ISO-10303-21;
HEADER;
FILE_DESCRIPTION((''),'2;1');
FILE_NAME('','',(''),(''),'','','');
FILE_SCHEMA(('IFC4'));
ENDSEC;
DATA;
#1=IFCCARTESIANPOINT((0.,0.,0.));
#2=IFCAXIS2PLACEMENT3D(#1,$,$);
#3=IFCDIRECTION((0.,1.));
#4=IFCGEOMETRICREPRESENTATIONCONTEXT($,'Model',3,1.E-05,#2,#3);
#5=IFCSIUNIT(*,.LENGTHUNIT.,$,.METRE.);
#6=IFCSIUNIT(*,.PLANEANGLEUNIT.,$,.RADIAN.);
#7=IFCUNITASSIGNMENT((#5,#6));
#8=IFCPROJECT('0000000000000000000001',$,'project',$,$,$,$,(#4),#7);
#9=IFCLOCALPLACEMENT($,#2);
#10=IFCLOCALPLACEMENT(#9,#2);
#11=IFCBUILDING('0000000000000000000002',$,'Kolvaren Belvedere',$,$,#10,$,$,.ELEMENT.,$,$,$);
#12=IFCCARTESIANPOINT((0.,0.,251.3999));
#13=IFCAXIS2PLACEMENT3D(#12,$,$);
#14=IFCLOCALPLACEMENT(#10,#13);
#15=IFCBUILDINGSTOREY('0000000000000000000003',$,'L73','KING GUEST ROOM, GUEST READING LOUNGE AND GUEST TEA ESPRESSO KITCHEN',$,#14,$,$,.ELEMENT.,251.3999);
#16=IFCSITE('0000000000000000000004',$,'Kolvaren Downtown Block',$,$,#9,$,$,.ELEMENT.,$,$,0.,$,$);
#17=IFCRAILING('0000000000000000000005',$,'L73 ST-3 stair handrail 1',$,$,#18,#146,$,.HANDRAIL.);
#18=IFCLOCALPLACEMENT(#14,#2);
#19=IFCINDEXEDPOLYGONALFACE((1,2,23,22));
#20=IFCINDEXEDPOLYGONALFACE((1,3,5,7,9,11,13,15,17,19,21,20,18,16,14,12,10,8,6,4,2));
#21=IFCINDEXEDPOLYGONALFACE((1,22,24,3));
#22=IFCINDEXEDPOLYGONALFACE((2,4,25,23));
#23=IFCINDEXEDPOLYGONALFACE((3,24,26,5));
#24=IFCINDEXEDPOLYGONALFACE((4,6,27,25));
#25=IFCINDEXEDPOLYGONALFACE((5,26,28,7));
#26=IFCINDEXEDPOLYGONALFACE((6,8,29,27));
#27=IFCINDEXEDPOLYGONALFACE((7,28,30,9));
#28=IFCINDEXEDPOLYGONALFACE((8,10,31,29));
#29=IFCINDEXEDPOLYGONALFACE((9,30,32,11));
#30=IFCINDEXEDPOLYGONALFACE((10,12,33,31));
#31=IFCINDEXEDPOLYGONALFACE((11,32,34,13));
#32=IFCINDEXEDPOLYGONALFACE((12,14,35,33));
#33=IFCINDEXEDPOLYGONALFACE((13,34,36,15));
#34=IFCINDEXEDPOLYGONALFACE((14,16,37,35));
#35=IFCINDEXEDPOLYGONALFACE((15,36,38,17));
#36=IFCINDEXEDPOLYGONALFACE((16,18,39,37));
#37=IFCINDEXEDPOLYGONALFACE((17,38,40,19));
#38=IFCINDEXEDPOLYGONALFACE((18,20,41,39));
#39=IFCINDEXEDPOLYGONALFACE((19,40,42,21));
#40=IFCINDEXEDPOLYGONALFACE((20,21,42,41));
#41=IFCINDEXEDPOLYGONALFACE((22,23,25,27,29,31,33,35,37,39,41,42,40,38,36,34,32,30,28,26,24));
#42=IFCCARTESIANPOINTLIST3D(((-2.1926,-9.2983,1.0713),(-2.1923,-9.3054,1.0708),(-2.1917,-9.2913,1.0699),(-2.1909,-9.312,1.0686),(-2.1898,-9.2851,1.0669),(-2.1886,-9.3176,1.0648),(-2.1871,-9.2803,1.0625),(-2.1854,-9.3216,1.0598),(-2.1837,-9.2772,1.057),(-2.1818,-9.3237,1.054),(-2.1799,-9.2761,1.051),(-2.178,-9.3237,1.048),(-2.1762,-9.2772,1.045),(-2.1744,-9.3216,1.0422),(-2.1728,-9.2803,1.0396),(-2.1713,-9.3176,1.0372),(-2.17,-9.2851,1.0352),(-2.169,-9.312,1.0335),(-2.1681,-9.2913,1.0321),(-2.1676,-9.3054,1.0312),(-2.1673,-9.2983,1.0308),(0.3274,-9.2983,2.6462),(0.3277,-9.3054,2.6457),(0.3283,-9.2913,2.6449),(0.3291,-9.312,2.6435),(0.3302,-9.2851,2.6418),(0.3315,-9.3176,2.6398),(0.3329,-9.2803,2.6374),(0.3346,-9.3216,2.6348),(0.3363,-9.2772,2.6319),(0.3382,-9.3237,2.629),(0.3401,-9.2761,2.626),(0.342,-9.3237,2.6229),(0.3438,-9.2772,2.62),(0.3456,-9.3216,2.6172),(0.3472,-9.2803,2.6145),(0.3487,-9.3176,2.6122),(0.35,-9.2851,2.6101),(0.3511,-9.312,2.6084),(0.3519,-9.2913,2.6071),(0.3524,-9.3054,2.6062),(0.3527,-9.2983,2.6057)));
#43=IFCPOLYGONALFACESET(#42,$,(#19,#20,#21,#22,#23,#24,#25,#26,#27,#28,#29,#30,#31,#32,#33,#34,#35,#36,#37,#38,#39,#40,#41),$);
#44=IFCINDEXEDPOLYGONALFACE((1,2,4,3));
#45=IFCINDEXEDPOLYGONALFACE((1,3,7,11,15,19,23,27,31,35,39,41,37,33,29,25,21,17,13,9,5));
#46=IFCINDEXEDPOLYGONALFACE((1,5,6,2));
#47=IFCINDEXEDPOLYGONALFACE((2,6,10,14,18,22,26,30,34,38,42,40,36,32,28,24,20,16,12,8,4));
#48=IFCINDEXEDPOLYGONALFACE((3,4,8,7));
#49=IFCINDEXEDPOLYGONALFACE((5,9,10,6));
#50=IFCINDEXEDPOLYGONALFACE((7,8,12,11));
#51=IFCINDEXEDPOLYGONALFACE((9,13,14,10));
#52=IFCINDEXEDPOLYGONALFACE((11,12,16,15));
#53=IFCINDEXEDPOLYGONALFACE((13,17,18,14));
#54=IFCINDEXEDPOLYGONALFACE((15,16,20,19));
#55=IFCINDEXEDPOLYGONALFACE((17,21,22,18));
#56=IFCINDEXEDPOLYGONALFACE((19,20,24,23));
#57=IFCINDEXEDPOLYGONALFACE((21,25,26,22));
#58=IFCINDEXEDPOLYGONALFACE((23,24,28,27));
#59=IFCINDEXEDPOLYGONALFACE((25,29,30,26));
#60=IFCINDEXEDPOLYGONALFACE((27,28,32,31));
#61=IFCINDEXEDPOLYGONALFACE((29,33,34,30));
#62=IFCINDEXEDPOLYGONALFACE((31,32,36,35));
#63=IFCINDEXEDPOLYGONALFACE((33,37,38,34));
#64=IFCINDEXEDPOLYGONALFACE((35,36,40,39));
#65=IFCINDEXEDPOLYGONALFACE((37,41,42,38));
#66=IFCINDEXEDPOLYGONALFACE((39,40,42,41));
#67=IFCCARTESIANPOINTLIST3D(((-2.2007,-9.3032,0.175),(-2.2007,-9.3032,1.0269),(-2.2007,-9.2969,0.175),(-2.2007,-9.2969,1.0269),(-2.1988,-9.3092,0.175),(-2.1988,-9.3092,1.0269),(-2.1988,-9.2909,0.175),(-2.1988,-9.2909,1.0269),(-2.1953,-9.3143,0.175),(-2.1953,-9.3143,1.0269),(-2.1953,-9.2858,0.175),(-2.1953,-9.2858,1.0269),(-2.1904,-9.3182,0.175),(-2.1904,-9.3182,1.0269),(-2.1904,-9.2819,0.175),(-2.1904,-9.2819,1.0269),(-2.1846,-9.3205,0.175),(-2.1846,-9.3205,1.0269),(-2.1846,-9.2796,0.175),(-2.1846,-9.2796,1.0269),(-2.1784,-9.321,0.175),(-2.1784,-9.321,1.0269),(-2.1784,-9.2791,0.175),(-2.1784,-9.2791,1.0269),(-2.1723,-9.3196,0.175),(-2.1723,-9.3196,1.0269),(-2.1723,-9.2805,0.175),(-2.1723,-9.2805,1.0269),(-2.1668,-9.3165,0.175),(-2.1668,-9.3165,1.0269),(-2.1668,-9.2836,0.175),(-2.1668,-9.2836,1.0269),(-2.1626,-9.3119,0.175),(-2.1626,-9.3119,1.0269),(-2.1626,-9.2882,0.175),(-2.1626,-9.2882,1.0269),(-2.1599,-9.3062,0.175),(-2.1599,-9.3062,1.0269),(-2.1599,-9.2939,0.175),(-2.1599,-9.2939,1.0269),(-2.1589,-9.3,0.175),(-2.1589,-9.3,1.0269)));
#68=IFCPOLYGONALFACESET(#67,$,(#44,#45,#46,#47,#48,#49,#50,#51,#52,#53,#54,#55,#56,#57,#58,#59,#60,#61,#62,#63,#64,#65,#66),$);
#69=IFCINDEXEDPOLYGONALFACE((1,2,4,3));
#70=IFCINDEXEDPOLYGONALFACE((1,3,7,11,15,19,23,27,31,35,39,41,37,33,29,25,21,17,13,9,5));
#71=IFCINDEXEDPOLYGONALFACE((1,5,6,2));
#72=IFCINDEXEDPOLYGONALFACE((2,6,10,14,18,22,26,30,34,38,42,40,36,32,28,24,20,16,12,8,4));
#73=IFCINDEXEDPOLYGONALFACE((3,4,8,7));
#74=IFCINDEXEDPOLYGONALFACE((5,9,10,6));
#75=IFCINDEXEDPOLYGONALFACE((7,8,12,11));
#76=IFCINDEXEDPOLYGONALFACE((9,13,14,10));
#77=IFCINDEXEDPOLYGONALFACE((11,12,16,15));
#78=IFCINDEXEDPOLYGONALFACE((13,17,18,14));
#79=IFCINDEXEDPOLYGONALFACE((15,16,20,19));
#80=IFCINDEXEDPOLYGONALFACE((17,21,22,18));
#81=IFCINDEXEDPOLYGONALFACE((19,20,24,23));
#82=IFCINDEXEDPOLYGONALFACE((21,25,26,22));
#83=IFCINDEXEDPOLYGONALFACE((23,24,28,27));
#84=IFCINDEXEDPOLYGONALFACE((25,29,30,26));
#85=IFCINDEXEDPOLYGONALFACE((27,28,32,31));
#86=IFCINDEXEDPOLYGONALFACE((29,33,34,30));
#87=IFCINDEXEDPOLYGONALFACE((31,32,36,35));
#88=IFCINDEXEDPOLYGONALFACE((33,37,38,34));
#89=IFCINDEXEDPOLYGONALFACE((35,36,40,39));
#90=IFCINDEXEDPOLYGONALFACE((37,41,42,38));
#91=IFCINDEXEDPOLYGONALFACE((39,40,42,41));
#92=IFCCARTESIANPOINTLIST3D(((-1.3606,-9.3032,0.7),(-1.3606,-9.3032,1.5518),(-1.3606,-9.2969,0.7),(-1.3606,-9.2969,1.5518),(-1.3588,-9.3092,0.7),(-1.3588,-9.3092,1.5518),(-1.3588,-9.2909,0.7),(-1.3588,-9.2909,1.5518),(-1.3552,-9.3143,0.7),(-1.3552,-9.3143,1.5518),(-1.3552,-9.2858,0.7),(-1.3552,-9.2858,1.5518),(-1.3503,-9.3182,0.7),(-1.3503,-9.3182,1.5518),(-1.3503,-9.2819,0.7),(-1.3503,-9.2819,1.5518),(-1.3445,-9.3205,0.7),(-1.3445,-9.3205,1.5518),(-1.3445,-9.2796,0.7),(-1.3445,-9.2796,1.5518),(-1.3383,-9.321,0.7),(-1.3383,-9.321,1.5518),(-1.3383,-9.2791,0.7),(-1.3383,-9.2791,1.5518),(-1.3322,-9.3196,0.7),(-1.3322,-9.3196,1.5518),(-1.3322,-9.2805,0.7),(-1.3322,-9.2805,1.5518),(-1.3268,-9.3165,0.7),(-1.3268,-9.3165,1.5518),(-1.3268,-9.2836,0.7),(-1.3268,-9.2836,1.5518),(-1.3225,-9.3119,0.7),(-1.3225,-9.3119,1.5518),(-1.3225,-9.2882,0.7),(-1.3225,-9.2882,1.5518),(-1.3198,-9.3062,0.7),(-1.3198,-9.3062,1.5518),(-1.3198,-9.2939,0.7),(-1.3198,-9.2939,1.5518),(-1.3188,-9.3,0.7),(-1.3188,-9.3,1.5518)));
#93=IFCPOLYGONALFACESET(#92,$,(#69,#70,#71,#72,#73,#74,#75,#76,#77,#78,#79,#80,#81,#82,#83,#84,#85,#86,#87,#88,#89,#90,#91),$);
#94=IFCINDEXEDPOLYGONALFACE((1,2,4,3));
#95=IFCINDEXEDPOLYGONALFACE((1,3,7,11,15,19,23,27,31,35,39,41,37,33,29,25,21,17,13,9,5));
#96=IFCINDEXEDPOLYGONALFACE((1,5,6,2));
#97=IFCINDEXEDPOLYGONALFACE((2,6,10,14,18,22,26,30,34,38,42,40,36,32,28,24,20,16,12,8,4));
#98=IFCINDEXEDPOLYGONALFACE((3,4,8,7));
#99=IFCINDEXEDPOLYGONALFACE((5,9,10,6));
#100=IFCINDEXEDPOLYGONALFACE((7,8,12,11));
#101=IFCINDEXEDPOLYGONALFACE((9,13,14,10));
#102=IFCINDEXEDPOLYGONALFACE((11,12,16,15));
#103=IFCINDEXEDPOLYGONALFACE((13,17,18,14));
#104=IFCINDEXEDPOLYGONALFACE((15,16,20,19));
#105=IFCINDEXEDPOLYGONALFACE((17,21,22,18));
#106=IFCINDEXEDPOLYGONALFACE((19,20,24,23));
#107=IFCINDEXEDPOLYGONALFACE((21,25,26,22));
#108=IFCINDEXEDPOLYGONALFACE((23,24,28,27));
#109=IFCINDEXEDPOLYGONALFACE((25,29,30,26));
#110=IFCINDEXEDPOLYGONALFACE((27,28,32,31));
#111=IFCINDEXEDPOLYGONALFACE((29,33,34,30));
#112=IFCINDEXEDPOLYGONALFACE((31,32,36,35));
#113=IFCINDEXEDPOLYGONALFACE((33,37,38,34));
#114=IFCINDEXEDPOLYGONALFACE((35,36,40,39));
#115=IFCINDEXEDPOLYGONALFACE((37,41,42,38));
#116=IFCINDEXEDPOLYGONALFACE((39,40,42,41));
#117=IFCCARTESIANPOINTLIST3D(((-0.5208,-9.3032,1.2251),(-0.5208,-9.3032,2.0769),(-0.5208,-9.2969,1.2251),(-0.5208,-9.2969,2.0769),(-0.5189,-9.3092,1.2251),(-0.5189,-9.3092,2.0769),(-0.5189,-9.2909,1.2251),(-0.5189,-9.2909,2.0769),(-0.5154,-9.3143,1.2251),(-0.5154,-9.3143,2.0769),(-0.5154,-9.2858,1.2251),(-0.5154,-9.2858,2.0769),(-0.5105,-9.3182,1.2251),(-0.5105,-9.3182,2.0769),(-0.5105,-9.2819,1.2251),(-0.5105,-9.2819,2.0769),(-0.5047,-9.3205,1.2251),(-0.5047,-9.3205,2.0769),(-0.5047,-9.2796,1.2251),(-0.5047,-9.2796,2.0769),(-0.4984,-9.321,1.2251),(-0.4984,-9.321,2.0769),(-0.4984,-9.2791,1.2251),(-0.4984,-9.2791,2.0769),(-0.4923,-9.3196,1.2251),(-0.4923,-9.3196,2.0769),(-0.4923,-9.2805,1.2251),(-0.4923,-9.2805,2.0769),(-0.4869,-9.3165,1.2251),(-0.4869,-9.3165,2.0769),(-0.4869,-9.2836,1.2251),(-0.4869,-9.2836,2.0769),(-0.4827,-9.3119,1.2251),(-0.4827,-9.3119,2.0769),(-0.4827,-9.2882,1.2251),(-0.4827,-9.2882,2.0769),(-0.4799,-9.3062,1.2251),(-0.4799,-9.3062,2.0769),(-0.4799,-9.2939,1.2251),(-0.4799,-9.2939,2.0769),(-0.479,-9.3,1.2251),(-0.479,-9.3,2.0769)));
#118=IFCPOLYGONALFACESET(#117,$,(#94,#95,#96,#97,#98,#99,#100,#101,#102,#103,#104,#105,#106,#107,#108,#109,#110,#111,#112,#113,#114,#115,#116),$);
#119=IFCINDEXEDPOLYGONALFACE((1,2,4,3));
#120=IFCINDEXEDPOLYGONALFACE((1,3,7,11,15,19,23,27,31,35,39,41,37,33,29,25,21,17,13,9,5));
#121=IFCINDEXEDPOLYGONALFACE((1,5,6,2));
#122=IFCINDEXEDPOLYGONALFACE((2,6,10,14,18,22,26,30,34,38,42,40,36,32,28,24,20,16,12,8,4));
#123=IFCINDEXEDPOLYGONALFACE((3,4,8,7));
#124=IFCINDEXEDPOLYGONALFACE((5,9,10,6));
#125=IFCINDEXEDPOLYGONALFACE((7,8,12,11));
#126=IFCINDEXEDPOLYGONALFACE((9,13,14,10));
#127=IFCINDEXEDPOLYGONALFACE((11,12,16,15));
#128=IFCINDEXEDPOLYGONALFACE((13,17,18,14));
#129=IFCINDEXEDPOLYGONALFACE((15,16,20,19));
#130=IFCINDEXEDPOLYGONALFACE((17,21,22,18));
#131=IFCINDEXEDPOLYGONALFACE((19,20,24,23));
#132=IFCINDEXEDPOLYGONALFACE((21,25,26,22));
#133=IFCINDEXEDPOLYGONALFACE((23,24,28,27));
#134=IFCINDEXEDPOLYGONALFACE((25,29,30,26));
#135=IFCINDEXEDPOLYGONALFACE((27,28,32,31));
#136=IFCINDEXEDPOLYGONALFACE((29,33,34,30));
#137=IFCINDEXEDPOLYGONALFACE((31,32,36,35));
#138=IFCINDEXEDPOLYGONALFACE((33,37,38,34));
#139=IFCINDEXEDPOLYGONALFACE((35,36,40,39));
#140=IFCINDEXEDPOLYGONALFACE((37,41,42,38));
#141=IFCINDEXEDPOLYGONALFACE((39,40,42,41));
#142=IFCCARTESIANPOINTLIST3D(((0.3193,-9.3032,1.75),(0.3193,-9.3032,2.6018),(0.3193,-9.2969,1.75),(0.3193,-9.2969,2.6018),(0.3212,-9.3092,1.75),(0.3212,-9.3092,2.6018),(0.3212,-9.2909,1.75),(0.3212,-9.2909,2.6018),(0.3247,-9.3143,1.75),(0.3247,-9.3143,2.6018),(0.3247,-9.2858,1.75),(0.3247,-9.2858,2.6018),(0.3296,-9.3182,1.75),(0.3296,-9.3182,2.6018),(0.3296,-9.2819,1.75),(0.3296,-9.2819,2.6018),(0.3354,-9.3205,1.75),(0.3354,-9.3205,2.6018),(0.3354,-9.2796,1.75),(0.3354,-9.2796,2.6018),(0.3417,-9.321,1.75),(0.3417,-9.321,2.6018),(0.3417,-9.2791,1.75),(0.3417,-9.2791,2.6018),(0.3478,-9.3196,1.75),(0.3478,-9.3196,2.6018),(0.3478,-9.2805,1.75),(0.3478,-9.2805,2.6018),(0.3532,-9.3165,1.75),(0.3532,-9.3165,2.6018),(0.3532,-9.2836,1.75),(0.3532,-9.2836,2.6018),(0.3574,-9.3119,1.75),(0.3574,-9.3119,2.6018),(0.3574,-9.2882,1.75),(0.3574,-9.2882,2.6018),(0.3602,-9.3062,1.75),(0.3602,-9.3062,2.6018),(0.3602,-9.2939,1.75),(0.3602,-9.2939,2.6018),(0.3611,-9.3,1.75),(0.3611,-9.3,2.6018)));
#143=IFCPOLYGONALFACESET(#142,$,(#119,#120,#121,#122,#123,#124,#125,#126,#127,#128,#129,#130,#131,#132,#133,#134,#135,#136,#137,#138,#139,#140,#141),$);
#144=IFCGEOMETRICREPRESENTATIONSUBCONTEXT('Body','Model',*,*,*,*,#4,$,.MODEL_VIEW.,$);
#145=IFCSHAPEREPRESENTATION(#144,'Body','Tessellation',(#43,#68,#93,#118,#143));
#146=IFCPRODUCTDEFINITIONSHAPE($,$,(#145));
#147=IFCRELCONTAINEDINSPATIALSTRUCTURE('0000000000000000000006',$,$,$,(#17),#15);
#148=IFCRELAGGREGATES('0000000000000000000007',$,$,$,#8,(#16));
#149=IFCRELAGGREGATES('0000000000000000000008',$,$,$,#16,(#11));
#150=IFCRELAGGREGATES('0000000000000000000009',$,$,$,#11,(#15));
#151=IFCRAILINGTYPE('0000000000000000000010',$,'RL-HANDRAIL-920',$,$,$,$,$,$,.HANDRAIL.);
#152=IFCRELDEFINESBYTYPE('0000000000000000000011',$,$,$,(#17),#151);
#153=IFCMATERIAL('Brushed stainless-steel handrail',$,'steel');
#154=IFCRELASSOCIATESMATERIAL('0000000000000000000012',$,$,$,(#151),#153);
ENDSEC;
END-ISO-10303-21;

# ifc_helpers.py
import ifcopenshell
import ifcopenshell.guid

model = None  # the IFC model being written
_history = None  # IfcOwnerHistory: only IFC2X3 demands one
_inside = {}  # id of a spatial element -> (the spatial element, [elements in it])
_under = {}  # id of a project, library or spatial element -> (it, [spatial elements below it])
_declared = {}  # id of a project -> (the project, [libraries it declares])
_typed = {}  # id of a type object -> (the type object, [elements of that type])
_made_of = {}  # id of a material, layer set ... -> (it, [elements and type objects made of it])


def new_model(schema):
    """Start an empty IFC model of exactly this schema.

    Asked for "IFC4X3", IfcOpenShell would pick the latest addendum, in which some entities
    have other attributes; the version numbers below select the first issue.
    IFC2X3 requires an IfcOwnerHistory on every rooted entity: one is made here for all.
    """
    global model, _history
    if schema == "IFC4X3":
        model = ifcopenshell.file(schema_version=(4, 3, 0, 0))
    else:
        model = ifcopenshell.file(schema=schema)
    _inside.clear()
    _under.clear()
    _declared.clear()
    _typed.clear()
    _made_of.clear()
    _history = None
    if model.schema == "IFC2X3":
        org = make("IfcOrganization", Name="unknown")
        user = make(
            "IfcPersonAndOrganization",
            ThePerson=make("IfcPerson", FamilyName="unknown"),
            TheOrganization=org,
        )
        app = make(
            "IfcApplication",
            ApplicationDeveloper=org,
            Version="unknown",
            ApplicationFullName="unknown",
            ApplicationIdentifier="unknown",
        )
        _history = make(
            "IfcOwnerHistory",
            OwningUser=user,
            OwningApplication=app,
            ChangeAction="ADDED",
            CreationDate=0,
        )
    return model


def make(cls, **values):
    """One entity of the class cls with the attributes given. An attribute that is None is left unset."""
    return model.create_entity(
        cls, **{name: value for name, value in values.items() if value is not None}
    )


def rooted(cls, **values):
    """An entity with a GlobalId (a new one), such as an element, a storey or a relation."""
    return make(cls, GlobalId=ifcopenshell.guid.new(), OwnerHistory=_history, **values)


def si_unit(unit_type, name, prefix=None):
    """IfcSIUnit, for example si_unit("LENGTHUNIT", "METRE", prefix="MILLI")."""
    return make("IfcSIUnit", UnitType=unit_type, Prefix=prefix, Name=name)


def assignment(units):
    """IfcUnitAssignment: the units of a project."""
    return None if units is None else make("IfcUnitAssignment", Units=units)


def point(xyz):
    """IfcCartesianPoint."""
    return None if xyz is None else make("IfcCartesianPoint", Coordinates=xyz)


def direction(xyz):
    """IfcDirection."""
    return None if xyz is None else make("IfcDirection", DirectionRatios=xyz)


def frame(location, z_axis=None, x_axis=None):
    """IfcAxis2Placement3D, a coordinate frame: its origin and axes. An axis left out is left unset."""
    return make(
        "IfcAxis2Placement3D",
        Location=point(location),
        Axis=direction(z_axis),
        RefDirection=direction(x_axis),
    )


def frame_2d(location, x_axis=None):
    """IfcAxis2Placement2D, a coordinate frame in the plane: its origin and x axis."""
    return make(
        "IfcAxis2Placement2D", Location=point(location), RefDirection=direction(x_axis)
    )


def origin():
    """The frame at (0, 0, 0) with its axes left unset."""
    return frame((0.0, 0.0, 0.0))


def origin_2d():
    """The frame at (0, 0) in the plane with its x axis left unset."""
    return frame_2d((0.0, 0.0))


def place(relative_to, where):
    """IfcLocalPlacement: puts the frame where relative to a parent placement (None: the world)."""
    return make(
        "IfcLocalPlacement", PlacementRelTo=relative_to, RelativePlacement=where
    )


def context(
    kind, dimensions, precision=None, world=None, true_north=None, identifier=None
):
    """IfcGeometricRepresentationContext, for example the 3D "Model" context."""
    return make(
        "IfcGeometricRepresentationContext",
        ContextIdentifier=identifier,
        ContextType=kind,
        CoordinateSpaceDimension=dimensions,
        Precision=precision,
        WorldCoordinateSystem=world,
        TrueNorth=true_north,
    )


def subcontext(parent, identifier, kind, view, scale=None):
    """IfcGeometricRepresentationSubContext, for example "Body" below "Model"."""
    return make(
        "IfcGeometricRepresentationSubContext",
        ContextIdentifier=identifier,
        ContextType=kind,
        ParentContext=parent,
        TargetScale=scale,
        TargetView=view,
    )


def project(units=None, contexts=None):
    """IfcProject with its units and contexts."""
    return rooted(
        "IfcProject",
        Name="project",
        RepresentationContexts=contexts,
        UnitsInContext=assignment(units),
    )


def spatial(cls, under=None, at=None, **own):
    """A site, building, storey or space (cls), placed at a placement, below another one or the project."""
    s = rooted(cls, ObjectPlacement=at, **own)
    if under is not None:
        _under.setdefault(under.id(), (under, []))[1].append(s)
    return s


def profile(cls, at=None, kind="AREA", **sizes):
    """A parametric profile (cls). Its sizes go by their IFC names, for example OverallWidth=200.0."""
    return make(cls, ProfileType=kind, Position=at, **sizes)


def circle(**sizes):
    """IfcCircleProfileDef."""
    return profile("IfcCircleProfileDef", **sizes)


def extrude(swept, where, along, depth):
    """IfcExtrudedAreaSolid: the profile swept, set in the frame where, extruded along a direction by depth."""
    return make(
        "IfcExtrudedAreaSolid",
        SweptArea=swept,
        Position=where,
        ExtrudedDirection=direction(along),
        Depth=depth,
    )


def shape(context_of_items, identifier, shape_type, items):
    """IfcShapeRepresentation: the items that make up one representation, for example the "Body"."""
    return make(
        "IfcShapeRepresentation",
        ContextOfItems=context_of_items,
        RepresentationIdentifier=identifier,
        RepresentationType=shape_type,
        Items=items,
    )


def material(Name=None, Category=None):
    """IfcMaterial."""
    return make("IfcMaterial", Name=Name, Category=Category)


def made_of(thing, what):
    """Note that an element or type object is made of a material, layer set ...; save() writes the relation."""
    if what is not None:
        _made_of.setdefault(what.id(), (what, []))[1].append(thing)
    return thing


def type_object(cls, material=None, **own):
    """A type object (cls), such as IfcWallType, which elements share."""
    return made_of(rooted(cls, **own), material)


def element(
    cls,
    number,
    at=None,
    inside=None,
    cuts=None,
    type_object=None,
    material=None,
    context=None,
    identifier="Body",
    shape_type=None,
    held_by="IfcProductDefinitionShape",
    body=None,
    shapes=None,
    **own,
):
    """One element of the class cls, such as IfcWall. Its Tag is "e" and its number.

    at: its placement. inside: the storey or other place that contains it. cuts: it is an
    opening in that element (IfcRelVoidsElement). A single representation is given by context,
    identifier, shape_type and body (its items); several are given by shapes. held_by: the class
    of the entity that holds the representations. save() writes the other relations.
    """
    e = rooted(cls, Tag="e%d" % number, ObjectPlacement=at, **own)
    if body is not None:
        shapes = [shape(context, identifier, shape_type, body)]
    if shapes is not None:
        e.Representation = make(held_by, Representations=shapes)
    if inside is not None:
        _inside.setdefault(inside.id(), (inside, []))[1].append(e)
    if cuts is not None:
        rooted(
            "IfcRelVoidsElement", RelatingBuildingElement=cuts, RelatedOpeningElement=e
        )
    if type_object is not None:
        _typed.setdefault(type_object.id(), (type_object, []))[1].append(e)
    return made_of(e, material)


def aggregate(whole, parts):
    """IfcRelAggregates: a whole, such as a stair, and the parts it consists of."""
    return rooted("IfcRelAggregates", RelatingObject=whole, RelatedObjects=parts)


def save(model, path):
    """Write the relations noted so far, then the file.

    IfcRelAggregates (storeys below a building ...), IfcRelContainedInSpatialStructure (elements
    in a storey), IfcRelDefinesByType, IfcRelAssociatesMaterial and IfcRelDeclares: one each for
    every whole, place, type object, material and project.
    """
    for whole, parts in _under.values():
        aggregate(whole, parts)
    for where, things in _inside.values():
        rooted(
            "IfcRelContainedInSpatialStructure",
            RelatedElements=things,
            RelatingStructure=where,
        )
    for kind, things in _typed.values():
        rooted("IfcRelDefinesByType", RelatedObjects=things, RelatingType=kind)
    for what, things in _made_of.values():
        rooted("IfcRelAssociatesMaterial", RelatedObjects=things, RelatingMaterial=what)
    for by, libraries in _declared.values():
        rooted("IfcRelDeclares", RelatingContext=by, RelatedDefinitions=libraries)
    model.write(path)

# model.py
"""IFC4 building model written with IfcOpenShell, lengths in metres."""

from ifc_helpers import new_model, si_unit, direction, frame, origin, origin_2d, place, context, subcontext, project, spatial, circle, extrude, material, type_object, element, save


model = new_model("IFC4")

# Units and contexts
model_context = context("Model", 3, precision=1e-05, world=origin(), true_north=direction((0.0, 1.0)))
body_context = subcontext(model_context, "Body", "Model", "MODEL_VIEW")
ifc_project = project(units=[si_unit("LENGTHUNIT", "METRE"), si_unit("PLANEANGLEUNIT", "RADIAN")], contexts=[model_context])

# Site, building, storey
site_placement = place(None, origin())
site = spatial("IfcSite", under=ifc_project, at=site_placement, Name="Kolvaren Downtown Block", CompositionType="ELEMENT", RefElevation=0.0)
building_placement = place(site_placement, origin())
building = spatial("IfcBuilding", under=site, at=building_placement, Name="Kolvaren Belvedere", CompositionType="ELEMENT")
storey_placement = place(building_placement, frame((0.0, 0.0, 251.3999)))
storey = spatial("IfcBuildingStorey", under=building, at=storey_placement, Name="L73", Description="KING GUEST ROOM, GUEST READING LOUNGE AND GUEST TEA ESPRESSO KITCHEN", CompositionType="ELEMENT", Elevation=251.3999)

# Railing
ifc_material_1 = material(Name="Brushed stainless-steel handrail", Category="steel")
railing_type_1 = type_object("IfcRailingType", Name="RL-HANDRAIL-920", PredefinedType="HANDRAIL", material=ifc_material_1)
railing_1_placement = place(storey_placement, frame((-2.1799, -9.3, 0.175)))
element("IfcRailing", 1, at=railing_1_placement, inside=storey, type_object=railing_type_1, Name="L73 ST-3 stair handrail 1", PredefinedType="HANDRAIL", context=body_context, shape_type="SweptSolid", body=[
    extrude(circle(Radius=0.0239, at=origin_2d()), frame((0.0, 0.0, 0.876), z_axis=(0.848008, 0.0, 0.529984), x_axis=(0.0, 1.0, 0.0)), (0.0, 0.0, 1.0), 2.9717),
    extrude(circle(Radius=0.021, at=origin_2d()), origin(), (0.0, 0.0, 1.0), 0.8518),
    extrude(circle(Radius=0.021, at=origin_2d()), frame((0.8401, 0.0, 0.5249)), (0.0, 0.0, 1.0), 0.8518),
    extrude(circle(Radius=0.021, at=origin_2d()), frame((1.6799, 0.0, 1.05)), (0.0, 0.0, 1.0), 0.8518),
    extrude(circle(Radius=0.021, at=origin_2d()), frame((2.52, 0.0, 1.575)), (0.0, 0.0, 1.0), 0.8518),
])

save(model, "model.ifc")
